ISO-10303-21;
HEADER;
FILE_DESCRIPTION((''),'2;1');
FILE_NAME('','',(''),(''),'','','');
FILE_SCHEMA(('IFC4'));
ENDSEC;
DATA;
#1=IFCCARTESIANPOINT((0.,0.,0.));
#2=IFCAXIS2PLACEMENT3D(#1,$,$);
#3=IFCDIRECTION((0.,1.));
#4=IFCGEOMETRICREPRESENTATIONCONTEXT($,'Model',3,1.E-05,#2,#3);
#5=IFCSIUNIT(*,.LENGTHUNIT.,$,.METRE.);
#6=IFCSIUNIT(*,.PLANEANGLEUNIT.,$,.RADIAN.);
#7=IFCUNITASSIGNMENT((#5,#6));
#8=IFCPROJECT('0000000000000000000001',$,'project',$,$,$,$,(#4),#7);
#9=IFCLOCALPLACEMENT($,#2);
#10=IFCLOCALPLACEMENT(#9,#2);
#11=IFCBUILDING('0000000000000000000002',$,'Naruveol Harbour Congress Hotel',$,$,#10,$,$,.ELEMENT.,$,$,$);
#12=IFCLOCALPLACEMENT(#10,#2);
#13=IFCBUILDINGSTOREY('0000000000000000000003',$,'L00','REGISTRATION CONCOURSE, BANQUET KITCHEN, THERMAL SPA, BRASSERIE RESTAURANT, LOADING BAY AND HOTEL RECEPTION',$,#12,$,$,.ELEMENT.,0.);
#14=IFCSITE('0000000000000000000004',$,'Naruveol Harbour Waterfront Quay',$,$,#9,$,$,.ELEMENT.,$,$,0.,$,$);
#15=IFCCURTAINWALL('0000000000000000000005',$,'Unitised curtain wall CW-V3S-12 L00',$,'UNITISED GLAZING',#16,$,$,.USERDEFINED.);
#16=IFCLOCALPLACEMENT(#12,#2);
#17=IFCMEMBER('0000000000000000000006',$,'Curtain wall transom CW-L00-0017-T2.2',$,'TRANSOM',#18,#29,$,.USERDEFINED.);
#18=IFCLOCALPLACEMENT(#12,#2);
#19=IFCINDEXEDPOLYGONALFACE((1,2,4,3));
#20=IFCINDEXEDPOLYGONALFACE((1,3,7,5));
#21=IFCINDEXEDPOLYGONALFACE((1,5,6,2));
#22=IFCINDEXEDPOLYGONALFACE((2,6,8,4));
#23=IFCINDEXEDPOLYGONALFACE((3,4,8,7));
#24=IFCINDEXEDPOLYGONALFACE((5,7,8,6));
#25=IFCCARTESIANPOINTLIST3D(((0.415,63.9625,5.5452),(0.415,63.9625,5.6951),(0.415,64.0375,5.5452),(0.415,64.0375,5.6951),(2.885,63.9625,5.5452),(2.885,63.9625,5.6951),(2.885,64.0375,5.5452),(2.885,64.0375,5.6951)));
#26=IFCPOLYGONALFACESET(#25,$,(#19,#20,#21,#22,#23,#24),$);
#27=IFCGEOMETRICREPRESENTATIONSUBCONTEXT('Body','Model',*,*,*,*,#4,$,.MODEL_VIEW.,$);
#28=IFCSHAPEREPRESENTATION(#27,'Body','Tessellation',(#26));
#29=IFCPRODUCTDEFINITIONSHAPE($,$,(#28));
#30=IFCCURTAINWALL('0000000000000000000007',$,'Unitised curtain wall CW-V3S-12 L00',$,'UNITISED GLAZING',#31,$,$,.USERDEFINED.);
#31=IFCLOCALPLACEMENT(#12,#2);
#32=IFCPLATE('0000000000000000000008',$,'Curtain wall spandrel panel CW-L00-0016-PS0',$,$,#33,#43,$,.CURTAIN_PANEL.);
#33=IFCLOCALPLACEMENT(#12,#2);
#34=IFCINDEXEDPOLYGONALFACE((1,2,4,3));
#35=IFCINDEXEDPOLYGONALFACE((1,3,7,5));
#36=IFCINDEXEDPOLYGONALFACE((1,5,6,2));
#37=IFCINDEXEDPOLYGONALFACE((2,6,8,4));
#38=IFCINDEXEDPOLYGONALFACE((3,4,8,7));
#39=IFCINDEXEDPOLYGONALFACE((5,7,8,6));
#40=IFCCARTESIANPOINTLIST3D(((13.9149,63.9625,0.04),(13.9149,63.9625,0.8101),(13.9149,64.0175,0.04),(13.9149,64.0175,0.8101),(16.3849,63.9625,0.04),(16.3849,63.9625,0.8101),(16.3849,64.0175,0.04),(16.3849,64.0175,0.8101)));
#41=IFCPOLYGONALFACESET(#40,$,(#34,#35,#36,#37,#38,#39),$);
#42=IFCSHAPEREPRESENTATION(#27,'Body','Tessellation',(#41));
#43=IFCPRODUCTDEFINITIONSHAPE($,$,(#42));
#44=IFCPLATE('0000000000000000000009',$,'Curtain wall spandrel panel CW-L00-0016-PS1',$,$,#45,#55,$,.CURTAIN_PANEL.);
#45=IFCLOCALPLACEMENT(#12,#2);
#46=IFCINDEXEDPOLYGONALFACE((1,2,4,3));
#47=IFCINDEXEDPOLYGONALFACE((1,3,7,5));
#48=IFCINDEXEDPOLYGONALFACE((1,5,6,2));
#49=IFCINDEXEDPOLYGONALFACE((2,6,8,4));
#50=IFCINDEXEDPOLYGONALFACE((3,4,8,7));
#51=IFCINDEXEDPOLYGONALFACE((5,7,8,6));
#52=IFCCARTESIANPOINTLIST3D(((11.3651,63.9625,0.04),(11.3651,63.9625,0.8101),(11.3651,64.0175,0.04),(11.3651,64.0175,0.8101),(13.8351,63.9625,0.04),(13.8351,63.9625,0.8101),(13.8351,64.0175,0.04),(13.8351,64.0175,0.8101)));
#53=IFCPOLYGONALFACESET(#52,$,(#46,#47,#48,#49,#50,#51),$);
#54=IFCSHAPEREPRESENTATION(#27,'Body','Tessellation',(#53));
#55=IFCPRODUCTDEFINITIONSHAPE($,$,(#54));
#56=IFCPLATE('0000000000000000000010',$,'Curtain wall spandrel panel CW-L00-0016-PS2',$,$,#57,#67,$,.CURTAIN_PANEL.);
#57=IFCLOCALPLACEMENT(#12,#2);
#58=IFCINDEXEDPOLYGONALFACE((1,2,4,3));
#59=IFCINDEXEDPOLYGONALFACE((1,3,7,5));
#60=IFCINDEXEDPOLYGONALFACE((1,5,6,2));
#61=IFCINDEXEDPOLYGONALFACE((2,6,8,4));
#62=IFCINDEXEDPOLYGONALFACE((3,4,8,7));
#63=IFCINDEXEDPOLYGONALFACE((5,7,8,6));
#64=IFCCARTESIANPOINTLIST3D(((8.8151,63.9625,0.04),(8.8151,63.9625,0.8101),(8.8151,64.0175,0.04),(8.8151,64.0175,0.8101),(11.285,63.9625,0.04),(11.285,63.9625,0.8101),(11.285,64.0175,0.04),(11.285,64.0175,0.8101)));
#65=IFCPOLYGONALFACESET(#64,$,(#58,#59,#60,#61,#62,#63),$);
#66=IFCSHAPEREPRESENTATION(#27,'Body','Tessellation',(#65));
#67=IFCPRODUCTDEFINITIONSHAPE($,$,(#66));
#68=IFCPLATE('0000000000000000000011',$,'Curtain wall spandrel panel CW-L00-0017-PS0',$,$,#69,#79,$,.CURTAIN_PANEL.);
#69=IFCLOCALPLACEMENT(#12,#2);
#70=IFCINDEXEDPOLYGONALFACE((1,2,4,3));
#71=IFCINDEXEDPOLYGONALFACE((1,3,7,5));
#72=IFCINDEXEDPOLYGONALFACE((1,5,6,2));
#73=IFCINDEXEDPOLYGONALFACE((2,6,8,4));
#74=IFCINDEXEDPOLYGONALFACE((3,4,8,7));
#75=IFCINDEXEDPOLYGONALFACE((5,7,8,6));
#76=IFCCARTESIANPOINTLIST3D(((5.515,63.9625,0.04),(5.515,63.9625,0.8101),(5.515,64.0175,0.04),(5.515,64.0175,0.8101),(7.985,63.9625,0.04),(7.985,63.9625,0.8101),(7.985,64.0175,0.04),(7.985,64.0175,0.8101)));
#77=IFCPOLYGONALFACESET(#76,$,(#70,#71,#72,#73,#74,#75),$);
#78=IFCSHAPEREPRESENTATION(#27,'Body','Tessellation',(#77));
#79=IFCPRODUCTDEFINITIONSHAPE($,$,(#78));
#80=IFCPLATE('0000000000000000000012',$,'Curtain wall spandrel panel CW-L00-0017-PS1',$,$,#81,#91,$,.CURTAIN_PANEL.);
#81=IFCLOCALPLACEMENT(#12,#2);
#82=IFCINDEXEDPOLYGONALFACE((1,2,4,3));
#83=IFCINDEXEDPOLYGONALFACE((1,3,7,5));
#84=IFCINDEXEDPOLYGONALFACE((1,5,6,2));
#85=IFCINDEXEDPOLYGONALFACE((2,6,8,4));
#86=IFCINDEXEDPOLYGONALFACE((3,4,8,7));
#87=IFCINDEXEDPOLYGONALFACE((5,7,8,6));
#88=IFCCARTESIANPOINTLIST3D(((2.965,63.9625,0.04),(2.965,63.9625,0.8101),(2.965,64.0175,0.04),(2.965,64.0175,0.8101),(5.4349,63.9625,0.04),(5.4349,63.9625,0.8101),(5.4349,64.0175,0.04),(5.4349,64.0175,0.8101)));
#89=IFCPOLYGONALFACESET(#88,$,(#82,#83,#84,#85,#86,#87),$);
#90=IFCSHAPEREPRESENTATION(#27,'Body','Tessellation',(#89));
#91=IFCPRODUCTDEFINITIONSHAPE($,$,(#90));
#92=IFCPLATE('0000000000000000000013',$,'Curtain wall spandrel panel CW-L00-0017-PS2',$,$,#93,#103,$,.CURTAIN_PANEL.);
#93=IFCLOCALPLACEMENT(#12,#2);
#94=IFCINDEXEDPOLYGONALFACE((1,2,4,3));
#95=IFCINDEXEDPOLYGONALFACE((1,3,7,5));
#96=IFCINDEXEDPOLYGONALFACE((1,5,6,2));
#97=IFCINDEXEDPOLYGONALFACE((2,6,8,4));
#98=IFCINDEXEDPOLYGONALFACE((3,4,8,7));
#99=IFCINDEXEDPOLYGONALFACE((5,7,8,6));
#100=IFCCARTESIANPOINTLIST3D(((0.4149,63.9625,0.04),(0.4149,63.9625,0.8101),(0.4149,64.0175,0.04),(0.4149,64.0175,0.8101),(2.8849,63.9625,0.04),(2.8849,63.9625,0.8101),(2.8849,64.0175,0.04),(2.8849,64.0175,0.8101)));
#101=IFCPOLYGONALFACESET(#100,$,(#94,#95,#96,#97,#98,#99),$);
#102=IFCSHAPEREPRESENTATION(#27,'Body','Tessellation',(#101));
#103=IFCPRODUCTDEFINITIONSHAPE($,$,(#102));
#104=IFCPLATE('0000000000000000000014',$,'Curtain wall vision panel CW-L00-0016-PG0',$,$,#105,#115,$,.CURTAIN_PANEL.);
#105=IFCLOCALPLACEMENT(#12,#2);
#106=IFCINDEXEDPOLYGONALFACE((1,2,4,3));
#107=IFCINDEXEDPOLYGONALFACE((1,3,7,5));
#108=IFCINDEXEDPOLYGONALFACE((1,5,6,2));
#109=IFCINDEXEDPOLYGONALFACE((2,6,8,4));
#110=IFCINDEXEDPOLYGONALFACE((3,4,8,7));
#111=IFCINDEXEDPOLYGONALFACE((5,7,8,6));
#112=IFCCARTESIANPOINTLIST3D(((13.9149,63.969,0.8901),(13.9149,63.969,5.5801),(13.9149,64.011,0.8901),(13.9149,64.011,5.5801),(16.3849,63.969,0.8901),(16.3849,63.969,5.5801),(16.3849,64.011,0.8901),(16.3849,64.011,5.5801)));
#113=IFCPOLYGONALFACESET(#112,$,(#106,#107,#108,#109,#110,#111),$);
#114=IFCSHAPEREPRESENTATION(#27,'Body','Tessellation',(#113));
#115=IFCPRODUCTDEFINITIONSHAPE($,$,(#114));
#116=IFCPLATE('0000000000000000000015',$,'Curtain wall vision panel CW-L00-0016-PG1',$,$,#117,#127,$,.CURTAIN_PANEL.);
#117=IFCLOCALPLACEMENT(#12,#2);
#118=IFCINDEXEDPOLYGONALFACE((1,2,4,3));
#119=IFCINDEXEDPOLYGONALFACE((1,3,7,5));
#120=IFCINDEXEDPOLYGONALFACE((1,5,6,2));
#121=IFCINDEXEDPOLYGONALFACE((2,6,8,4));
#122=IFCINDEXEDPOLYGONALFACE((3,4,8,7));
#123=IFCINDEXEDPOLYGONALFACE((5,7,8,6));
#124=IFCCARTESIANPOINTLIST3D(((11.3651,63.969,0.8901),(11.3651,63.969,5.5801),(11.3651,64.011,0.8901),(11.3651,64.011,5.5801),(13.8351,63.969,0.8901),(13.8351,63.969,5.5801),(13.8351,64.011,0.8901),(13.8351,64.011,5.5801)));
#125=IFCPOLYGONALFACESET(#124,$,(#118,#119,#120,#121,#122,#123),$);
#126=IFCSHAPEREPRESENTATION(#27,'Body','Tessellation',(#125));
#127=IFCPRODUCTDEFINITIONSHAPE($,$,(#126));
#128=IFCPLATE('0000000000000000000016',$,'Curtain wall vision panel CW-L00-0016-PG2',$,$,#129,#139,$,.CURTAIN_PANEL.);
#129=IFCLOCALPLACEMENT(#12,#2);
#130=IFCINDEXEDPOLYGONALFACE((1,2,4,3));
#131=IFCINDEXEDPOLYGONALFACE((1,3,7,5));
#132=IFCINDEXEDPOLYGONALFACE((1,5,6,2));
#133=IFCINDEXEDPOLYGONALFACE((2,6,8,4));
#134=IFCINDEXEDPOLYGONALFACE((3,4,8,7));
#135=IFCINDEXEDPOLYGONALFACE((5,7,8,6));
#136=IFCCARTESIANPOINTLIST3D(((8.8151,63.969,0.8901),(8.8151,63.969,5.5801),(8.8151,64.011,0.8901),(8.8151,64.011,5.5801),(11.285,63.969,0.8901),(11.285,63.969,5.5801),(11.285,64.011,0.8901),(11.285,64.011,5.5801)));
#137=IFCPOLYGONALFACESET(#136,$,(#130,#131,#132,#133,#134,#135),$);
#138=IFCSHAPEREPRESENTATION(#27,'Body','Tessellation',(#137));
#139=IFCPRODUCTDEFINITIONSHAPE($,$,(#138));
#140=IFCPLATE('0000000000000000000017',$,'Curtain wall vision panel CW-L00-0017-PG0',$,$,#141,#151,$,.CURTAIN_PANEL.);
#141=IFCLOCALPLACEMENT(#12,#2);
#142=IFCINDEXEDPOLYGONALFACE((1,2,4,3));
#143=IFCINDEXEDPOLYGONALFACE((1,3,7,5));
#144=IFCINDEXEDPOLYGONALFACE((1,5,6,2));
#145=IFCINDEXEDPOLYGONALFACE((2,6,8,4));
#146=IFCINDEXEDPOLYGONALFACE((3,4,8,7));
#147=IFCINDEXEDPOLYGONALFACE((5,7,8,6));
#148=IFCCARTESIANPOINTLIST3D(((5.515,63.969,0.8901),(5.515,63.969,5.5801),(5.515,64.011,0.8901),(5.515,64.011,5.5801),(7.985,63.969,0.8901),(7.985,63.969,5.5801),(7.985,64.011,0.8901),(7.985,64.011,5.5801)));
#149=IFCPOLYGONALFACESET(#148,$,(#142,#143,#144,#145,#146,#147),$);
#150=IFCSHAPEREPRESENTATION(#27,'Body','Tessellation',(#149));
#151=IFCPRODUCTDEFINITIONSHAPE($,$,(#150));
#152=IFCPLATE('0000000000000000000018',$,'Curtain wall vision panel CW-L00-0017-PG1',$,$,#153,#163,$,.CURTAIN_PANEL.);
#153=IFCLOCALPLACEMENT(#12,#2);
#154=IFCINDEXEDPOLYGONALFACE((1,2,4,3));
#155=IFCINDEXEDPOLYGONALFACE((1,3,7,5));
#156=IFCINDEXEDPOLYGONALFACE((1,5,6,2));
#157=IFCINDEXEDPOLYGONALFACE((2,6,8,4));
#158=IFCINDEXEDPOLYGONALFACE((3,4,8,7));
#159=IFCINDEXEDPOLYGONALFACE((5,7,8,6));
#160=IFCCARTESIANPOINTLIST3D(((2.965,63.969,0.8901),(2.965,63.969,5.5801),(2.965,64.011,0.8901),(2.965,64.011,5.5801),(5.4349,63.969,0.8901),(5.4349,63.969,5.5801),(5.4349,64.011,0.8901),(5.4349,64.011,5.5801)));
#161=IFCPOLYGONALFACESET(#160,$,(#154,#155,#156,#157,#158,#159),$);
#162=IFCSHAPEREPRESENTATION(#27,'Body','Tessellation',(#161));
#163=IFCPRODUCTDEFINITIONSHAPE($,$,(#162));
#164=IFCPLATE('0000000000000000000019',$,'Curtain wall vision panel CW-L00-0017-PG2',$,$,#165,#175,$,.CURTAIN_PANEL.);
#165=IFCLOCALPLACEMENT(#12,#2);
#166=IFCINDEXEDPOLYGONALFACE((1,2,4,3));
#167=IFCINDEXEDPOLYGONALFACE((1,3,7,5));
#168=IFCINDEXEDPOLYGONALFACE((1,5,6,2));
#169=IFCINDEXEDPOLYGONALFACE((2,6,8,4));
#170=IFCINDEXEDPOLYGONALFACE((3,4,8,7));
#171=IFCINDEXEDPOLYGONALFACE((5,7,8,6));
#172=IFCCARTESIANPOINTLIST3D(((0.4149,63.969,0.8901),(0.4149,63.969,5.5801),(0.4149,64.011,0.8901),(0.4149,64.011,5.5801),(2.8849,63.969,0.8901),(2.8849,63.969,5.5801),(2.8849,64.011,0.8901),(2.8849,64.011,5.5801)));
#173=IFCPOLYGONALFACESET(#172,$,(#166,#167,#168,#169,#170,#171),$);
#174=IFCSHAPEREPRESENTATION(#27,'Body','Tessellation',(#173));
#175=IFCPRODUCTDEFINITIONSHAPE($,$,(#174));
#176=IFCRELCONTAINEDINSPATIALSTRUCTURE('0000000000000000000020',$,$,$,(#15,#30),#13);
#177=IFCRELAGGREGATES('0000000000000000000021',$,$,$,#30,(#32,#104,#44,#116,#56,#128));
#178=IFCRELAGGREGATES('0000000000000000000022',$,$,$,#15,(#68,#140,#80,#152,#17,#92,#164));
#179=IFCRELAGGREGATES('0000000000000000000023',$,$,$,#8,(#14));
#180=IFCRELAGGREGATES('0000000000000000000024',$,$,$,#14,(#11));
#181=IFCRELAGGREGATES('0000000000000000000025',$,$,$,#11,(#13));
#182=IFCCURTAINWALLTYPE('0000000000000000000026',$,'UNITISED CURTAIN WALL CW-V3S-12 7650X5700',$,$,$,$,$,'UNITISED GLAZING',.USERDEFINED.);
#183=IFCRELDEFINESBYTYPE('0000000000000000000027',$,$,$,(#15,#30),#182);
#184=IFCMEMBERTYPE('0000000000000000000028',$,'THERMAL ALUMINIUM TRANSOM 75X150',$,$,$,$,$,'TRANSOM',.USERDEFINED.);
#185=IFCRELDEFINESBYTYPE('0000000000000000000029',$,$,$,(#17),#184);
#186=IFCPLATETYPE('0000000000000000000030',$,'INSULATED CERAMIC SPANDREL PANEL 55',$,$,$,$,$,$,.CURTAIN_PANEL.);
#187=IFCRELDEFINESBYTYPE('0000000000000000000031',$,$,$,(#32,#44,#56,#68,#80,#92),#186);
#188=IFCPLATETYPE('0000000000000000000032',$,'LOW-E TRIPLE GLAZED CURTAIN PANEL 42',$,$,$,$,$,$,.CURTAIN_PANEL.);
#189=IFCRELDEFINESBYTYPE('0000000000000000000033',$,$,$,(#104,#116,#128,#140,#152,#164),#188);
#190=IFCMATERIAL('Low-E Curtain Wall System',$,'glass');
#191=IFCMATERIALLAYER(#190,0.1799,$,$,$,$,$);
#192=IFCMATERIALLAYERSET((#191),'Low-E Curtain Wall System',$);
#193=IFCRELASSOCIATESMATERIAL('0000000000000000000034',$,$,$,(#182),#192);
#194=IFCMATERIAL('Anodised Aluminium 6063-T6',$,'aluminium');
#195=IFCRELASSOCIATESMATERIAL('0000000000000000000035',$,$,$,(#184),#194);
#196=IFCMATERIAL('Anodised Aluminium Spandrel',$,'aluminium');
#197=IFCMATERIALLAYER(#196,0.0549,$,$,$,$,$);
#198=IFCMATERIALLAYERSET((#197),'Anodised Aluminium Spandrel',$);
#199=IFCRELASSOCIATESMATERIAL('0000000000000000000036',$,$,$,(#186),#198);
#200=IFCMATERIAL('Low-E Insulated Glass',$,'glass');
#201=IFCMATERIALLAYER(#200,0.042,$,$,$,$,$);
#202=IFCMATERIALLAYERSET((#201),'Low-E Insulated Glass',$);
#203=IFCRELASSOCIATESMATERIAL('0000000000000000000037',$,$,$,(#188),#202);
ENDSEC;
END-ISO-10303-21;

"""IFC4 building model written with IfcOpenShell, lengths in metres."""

from ifc_helpers import new_model, si_unit, direction, frame, origin, origin_2d, place, context, subcontext, project, spatial, rectangle, extrude, material, layer, layer_set, material_profile, profile_set, type_object, element, aggregate, save


model = new_model("IFC4")

# Units and contexts
model_context = context("Model", 3, precision=1e-05, world=origin(), true_north=direction((0.0, 1.0)))
body_context = subcontext(model_context, "Body", "Model", "MODEL_VIEW")
ifc_project = project(units=[si_unit("LENGTHUNIT", "METRE"), si_unit("PLANEANGLEUNIT", "RADIAN")], contexts=[model_context])

# Site, building, storey
site_placement = place(None, origin())
site = spatial("IfcSite", under=ifc_project, at=site_placement, Name="Naruveol Harbour Waterfront Quay", CompositionType="ELEMENT", RefElevation=0.0)
building_placement = place(site_placement, origin())
building = spatial("IfcBuilding", under=site, at=building_placement, Name="Naruveol Harbour Congress Hotel", CompositionType="ELEMENT")
storey_placement = place(building_placement, origin())
storey = spatial("IfcBuildingStorey", under=building, at=storey_placement, Name="L00", Description="REGISTRATION CONCOURSE, BANQUET KITCHEN, THERMAL SPA, BRASSERIE RESTAURANT, LOADING BAY AND HOTEL RECEPTION", CompositionType="ELEMENT", Elevation=0.0)

# Curtain wall, member
ifc_material_1 = material(Name="Low-E Curtain Wall System", Category="glass")
ifc_layer_1 = layer(ifc_material_1, 0.1799)
ifc_layer_set_1 = layer_set([ifc_layer_1], Name="Low-E Curtain Wall System")
curtain_wall_type = type_object("IfcCurtainWallType", Name="UNITISED CURTAIN WALL CW-V3S-12 7650X5700", ElementType="UNITISED GLAZING", PredefinedType="USERDEFINED", material=ifc_layer_set_1)
curtain_wall_1_placement = place(storey_placement, origin())
curtain_wall_1 = element("IfcCurtainWall", 1, at=curtain_wall_1_placement, inside=storey, type_object=curtain_wall_type, Name="Unitised curtain wall CW-V3S-12 L00", ObjectType="UNITISED GLAZING", PredefinedType="USERDEFINED")
ifc_material_2 = material(Name="Anodised Aluminium 6063-T6", Category="aluminium")
ifc_material_profile_1 = material_profile(ifc_material_2, rectangle(XDim=0.075, YDim=0.1499, at=origin_2d()), Name="ALU-75x150")
ifc_profile_set_1 = profile_set([ifc_material_profile_1], Name="Anodised Aluminium 6063-T6")
member_type_1 = type_object("IfcMemberType", Name="THERMAL ALUMINIUM TRANSOM 75X150", ElementType="TRANSOM", PredefinedType="USERDEFINED", material=ifc_profile_set_1)
member_1_placement = place(storey_placement, frame((2.885, 64.0, 5.6201), z_axis=(-1.0, 0.0, 0.0), x_axis=(0.0, -1.0, 0.0)))
member_1 = element("IfcMember", 2, at=member_1_placement, type_object=member_type_1, Name="Curtain wall transom CW-L00-0017-T2.2", ObjectType="TRANSOM", PredefinedType="USERDEFINED", context=body_context, shape_type="SweptSolid", body=[
    extrude(rectangle(XDim=0.075, YDim=0.1499, at=origin_2d()), origin(), (0.0, 0.0, 1.0), 2.47),
])

# Curtain wall, plates
curtain_wall_2_placement = place(storey_placement, origin())
curtain_wall_2 = element("IfcCurtainWall", 3, at=curtain_wall_2_placement, inside=storey, type_object=curtain_wall_type, Name="Unitised curtain wall CW-V3S-12 L00", ObjectType="UNITISED GLAZING", PredefinedType="USERDEFINED")
ifc_material_3 = material(Name="Anodised Aluminium Spandrel", Category="aluminium")
ifc_layer_2 = layer(ifc_material_3, 0.0549)
ifc_layer_set_2 = layer_set([ifc_layer_2], Name="Anodised Aluminium Spandrel")
plate_type_1 = type_object("IfcPlateType", Name="INSULATED CERAMIC SPANDREL PANEL 55", PredefinedType="CURTAIN_PANEL", material=ifc_layer_set_2)
plate_1_placement = place(storey_placement, frame((15.1499, 63.99, 0.04), z_axis=(0.0, 0.0, 1.0), x_axis=(-1.0, 0.0, 0.0)))
plate_1 = element("IfcPlate", 4, at=plate_1_placement, type_object=plate_type_1, Name="Curtain wall spandrel panel CW-L00-0016-PS0", PredefinedType="CURTAIN_PANEL", context=body_context, shape_type="SweptSolid", body=[
    extrude(rectangle(XDim=2.47, YDim=0.0549, at=origin_2d()), origin(), (0.0, 0.0, 1.0), 0.77),
])
plate_2_placement = place(storey_placement, frame((12.6001, 63.99, 0.04), z_axis=(0.0, 0.0, 1.0), x_axis=(-1.0, 0.0, 0.0)))
plate_2 = element("IfcPlate", 5, at=plate_2_placement, type_object=plate_type_1, Name="Curtain wall spandrel panel CW-L00-0016-PS1", PredefinedType="CURTAIN_PANEL", context=body_context, shape_type="SweptSolid", body=[
    extrude(rectangle(XDim=2.47, YDim=0.0549, at=origin_2d()), origin(), (0.0, 0.0, 1.0), 0.77),
])
plate_3_placement = place(storey_placement, frame((10.05, 63.99, 0.04), z_axis=(0.0, 0.0, 1.0), x_axis=(-1.0, 0.0, 0.0)))
plate_3 = element("IfcPlate", 6, at=plate_3_placement, type_object=plate_type_1, Name="Curtain wall spandrel panel CW-L00-0016-PS2", PredefinedType="CURTAIN_PANEL", context=body_context, shape_type="SweptSolid", body=[
    extrude(rectangle(XDim=2.47, YDim=0.0549, at=origin_2d()), origin(), (0.0, 0.0, 1.0), 0.77),
])

# Plates
plate_4_placement = place(storey_placement, frame((6.75, 63.99, 0.04), z_axis=(0.0, 0.0, 1.0), x_axis=(-1.0, 0.0, 0.0)))
plate_4 = element("IfcPlate", 7, at=plate_4_placement, type_object=plate_type_1, Name="Curtain wall spandrel panel CW-L00-0017-PS0", PredefinedType="CURTAIN_PANEL", context=body_context, shape_type="SweptSolid", body=[
    extrude(rectangle(XDim=2.47, YDim=0.0549, at=origin_2d()), origin(), (0.0, 0.0, 1.0), 0.77),
])
plate_5_placement = place(storey_placement, frame((4.2, 63.99, 0.04), z_axis=(0.0, 0.0, 1.0), x_axis=(-1.0, 0.0, 0.0)))
plate_5 = element("IfcPlate", 8, at=plate_5_placement, type_object=plate_type_1, Name="Curtain wall spandrel panel CW-L00-0017-PS1", PredefinedType="CURTAIN_PANEL", context=body_context, shape_type="SweptSolid", body=[
    extrude(rectangle(XDim=2.47, YDim=0.0549, at=origin_2d()), origin(), (0.0, 0.0, 1.0), 0.77),
])
plate_6_placement = place(storey_placement, frame((1.6499, 63.99, 0.04), z_axis=(0.0, 0.0, 1.0), x_axis=(-1.0, 0.0, 0.0)))
plate_6 = element("IfcPlate", 9, at=plate_6_placement, type_object=plate_type_1, Name="Curtain wall spandrel panel CW-L00-0017-PS2", PredefinedType="CURTAIN_PANEL", context=body_context, shape_type="SweptSolid", body=[
    extrude(rectangle(XDim=2.47, YDim=0.0549, at=origin_2d()), origin(), (0.0, 0.0, 1.0), 0.77),
])
ifc_material_4 = material(Name="Low-E Insulated Glass", Category="glass")
ifc_layer_3 = layer(ifc_material_4, 0.042)
ifc_layer_set_3 = layer_set([ifc_layer_3], Name="Low-E Insulated Glass")
plate_type_2 = type_object("IfcPlateType", Name="LOW-E TRIPLE GLAZED CURTAIN PANEL 42", PredefinedType="CURTAIN_PANEL", material=ifc_layer_set_3)
plate_7_placement = place(storey_placement, frame((15.1499, 63.99, 0.8901), z_axis=(0.0, 0.0, 1.0), x_axis=(-1.0, 0.0, 0.0)))
plate_7 = element("IfcPlate", 10, at=plate_7_placement, type_object=plate_type_2, Name="Curtain wall vision panel CW-L00-0016-PG0", PredefinedType="CURTAIN_PANEL", context=body_context, shape_type="SweptSolid", body=[
    extrude(rectangle(XDim=2.47, YDim=0.042, at=origin_2d()), origin(), (0.0, 0.0, 1.0), 4.6899),
])
plate_8_placement = place(storey_placement, frame((12.6001, 63.99, 0.8901), z_axis=(0.0, 0.0, 1.0), x_axis=(-1.0, 0.0, 0.0)))
plate_8 = element("IfcPlate", 11, at=plate_8_placement, type_object=plate_type_2, Name="Curtain wall vision panel CW-L00-0016-PG1", PredefinedType="CURTAIN_PANEL", context=body_context, shape_type="SweptSolid", body=[
    extrude(rectangle(XDim=2.47, YDim=0.042, at=origin_2d()), origin(), (0.0, 0.0, 1.0), 4.6899),
])
plate_9_placement = place(storey_placement, frame((10.05, 63.99, 0.8901), z_axis=(0.0, 0.0, 1.0), x_axis=(-1.0, 0.0, 0.0)))
plate_9 = element("IfcPlate", 12, at=plate_9_placement, type_object=plate_type_2, Name="Curtain wall vision panel CW-L00-0016-PG2", PredefinedType="CURTAIN_PANEL", context=body_context, shape_type="SweptSolid", body=[
    extrude(rectangle(XDim=2.47, YDim=0.042, at=origin_2d()), origin(), (0.0, 0.0, 1.0), 4.6899),
])
aggregate(curtain_wall_2, [plate_1, plate_7, plate_2, plate_8, plate_3, plate_9])
plate_10_placement = place(storey_placement, frame((6.75, 63.99, 0.8901), z_axis=(0.0, 0.0, 1.0), x_axis=(-1.0, 0.0, 0.0)))
plate_10 = element("IfcPlate", 13, at=plate_10_placement, type_object=plate_type_2, Name="Curtain wall vision panel CW-L00-0017-PG0", PredefinedType="CURTAIN_PANEL", context=body_context, shape_type="SweptSolid", body=[
    extrude(rectangle(XDim=2.47, YDim=0.042, at=origin_2d()), origin(), (0.0, 0.0, 1.0), 4.6899),
])
plate_11_placement = place(storey_placement, frame((4.2, 63.99, 0.8901), z_axis=(0.0, 0.0, 1.0), x_axis=(-1.0, 0.0, 0.0)))
plate_11 = element("IfcPlate", 14, at=plate_11_placement, type_object=plate_type_2, Name="Curtain wall vision panel CW-L00-0017-PG1", PredefinedType="CURTAIN_PANEL", context=body_context, shape_type="SweptSolid", body=[
    extrude(rectangle(XDim=2.47, YDim=0.042, at=origin_2d()), origin(), (0.0, 0.0, 1.0), 4.6899),
])
plate_12_placement = place(storey_placement, frame((1.6499, 63.99, 0.8901), z_axis=(0.0, 0.0, 1.0), x_axis=(-1.0, 0.0, 0.0)))
plate_12 = element("IfcPlate", 15, at=plate_12_placement, type_object=plate_type_2, Name="Curtain wall vision panel CW-L00-0017-PG2", PredefinedType="CURTAIN_PANEL", context=body_context, shape_type="SweptSolid", body=[
    extrude(rectangle(XDim=2.47, YDim=0.042, at=origin_2d()), origin(), (0.0, 0.0, 1.0), 4.6899),
])
aggregate(curtain_wall_1, [plate_4, plate_10, plate_5, plate_11, member_1, plate_6, plate_12])

save(model, "model.ifc")
